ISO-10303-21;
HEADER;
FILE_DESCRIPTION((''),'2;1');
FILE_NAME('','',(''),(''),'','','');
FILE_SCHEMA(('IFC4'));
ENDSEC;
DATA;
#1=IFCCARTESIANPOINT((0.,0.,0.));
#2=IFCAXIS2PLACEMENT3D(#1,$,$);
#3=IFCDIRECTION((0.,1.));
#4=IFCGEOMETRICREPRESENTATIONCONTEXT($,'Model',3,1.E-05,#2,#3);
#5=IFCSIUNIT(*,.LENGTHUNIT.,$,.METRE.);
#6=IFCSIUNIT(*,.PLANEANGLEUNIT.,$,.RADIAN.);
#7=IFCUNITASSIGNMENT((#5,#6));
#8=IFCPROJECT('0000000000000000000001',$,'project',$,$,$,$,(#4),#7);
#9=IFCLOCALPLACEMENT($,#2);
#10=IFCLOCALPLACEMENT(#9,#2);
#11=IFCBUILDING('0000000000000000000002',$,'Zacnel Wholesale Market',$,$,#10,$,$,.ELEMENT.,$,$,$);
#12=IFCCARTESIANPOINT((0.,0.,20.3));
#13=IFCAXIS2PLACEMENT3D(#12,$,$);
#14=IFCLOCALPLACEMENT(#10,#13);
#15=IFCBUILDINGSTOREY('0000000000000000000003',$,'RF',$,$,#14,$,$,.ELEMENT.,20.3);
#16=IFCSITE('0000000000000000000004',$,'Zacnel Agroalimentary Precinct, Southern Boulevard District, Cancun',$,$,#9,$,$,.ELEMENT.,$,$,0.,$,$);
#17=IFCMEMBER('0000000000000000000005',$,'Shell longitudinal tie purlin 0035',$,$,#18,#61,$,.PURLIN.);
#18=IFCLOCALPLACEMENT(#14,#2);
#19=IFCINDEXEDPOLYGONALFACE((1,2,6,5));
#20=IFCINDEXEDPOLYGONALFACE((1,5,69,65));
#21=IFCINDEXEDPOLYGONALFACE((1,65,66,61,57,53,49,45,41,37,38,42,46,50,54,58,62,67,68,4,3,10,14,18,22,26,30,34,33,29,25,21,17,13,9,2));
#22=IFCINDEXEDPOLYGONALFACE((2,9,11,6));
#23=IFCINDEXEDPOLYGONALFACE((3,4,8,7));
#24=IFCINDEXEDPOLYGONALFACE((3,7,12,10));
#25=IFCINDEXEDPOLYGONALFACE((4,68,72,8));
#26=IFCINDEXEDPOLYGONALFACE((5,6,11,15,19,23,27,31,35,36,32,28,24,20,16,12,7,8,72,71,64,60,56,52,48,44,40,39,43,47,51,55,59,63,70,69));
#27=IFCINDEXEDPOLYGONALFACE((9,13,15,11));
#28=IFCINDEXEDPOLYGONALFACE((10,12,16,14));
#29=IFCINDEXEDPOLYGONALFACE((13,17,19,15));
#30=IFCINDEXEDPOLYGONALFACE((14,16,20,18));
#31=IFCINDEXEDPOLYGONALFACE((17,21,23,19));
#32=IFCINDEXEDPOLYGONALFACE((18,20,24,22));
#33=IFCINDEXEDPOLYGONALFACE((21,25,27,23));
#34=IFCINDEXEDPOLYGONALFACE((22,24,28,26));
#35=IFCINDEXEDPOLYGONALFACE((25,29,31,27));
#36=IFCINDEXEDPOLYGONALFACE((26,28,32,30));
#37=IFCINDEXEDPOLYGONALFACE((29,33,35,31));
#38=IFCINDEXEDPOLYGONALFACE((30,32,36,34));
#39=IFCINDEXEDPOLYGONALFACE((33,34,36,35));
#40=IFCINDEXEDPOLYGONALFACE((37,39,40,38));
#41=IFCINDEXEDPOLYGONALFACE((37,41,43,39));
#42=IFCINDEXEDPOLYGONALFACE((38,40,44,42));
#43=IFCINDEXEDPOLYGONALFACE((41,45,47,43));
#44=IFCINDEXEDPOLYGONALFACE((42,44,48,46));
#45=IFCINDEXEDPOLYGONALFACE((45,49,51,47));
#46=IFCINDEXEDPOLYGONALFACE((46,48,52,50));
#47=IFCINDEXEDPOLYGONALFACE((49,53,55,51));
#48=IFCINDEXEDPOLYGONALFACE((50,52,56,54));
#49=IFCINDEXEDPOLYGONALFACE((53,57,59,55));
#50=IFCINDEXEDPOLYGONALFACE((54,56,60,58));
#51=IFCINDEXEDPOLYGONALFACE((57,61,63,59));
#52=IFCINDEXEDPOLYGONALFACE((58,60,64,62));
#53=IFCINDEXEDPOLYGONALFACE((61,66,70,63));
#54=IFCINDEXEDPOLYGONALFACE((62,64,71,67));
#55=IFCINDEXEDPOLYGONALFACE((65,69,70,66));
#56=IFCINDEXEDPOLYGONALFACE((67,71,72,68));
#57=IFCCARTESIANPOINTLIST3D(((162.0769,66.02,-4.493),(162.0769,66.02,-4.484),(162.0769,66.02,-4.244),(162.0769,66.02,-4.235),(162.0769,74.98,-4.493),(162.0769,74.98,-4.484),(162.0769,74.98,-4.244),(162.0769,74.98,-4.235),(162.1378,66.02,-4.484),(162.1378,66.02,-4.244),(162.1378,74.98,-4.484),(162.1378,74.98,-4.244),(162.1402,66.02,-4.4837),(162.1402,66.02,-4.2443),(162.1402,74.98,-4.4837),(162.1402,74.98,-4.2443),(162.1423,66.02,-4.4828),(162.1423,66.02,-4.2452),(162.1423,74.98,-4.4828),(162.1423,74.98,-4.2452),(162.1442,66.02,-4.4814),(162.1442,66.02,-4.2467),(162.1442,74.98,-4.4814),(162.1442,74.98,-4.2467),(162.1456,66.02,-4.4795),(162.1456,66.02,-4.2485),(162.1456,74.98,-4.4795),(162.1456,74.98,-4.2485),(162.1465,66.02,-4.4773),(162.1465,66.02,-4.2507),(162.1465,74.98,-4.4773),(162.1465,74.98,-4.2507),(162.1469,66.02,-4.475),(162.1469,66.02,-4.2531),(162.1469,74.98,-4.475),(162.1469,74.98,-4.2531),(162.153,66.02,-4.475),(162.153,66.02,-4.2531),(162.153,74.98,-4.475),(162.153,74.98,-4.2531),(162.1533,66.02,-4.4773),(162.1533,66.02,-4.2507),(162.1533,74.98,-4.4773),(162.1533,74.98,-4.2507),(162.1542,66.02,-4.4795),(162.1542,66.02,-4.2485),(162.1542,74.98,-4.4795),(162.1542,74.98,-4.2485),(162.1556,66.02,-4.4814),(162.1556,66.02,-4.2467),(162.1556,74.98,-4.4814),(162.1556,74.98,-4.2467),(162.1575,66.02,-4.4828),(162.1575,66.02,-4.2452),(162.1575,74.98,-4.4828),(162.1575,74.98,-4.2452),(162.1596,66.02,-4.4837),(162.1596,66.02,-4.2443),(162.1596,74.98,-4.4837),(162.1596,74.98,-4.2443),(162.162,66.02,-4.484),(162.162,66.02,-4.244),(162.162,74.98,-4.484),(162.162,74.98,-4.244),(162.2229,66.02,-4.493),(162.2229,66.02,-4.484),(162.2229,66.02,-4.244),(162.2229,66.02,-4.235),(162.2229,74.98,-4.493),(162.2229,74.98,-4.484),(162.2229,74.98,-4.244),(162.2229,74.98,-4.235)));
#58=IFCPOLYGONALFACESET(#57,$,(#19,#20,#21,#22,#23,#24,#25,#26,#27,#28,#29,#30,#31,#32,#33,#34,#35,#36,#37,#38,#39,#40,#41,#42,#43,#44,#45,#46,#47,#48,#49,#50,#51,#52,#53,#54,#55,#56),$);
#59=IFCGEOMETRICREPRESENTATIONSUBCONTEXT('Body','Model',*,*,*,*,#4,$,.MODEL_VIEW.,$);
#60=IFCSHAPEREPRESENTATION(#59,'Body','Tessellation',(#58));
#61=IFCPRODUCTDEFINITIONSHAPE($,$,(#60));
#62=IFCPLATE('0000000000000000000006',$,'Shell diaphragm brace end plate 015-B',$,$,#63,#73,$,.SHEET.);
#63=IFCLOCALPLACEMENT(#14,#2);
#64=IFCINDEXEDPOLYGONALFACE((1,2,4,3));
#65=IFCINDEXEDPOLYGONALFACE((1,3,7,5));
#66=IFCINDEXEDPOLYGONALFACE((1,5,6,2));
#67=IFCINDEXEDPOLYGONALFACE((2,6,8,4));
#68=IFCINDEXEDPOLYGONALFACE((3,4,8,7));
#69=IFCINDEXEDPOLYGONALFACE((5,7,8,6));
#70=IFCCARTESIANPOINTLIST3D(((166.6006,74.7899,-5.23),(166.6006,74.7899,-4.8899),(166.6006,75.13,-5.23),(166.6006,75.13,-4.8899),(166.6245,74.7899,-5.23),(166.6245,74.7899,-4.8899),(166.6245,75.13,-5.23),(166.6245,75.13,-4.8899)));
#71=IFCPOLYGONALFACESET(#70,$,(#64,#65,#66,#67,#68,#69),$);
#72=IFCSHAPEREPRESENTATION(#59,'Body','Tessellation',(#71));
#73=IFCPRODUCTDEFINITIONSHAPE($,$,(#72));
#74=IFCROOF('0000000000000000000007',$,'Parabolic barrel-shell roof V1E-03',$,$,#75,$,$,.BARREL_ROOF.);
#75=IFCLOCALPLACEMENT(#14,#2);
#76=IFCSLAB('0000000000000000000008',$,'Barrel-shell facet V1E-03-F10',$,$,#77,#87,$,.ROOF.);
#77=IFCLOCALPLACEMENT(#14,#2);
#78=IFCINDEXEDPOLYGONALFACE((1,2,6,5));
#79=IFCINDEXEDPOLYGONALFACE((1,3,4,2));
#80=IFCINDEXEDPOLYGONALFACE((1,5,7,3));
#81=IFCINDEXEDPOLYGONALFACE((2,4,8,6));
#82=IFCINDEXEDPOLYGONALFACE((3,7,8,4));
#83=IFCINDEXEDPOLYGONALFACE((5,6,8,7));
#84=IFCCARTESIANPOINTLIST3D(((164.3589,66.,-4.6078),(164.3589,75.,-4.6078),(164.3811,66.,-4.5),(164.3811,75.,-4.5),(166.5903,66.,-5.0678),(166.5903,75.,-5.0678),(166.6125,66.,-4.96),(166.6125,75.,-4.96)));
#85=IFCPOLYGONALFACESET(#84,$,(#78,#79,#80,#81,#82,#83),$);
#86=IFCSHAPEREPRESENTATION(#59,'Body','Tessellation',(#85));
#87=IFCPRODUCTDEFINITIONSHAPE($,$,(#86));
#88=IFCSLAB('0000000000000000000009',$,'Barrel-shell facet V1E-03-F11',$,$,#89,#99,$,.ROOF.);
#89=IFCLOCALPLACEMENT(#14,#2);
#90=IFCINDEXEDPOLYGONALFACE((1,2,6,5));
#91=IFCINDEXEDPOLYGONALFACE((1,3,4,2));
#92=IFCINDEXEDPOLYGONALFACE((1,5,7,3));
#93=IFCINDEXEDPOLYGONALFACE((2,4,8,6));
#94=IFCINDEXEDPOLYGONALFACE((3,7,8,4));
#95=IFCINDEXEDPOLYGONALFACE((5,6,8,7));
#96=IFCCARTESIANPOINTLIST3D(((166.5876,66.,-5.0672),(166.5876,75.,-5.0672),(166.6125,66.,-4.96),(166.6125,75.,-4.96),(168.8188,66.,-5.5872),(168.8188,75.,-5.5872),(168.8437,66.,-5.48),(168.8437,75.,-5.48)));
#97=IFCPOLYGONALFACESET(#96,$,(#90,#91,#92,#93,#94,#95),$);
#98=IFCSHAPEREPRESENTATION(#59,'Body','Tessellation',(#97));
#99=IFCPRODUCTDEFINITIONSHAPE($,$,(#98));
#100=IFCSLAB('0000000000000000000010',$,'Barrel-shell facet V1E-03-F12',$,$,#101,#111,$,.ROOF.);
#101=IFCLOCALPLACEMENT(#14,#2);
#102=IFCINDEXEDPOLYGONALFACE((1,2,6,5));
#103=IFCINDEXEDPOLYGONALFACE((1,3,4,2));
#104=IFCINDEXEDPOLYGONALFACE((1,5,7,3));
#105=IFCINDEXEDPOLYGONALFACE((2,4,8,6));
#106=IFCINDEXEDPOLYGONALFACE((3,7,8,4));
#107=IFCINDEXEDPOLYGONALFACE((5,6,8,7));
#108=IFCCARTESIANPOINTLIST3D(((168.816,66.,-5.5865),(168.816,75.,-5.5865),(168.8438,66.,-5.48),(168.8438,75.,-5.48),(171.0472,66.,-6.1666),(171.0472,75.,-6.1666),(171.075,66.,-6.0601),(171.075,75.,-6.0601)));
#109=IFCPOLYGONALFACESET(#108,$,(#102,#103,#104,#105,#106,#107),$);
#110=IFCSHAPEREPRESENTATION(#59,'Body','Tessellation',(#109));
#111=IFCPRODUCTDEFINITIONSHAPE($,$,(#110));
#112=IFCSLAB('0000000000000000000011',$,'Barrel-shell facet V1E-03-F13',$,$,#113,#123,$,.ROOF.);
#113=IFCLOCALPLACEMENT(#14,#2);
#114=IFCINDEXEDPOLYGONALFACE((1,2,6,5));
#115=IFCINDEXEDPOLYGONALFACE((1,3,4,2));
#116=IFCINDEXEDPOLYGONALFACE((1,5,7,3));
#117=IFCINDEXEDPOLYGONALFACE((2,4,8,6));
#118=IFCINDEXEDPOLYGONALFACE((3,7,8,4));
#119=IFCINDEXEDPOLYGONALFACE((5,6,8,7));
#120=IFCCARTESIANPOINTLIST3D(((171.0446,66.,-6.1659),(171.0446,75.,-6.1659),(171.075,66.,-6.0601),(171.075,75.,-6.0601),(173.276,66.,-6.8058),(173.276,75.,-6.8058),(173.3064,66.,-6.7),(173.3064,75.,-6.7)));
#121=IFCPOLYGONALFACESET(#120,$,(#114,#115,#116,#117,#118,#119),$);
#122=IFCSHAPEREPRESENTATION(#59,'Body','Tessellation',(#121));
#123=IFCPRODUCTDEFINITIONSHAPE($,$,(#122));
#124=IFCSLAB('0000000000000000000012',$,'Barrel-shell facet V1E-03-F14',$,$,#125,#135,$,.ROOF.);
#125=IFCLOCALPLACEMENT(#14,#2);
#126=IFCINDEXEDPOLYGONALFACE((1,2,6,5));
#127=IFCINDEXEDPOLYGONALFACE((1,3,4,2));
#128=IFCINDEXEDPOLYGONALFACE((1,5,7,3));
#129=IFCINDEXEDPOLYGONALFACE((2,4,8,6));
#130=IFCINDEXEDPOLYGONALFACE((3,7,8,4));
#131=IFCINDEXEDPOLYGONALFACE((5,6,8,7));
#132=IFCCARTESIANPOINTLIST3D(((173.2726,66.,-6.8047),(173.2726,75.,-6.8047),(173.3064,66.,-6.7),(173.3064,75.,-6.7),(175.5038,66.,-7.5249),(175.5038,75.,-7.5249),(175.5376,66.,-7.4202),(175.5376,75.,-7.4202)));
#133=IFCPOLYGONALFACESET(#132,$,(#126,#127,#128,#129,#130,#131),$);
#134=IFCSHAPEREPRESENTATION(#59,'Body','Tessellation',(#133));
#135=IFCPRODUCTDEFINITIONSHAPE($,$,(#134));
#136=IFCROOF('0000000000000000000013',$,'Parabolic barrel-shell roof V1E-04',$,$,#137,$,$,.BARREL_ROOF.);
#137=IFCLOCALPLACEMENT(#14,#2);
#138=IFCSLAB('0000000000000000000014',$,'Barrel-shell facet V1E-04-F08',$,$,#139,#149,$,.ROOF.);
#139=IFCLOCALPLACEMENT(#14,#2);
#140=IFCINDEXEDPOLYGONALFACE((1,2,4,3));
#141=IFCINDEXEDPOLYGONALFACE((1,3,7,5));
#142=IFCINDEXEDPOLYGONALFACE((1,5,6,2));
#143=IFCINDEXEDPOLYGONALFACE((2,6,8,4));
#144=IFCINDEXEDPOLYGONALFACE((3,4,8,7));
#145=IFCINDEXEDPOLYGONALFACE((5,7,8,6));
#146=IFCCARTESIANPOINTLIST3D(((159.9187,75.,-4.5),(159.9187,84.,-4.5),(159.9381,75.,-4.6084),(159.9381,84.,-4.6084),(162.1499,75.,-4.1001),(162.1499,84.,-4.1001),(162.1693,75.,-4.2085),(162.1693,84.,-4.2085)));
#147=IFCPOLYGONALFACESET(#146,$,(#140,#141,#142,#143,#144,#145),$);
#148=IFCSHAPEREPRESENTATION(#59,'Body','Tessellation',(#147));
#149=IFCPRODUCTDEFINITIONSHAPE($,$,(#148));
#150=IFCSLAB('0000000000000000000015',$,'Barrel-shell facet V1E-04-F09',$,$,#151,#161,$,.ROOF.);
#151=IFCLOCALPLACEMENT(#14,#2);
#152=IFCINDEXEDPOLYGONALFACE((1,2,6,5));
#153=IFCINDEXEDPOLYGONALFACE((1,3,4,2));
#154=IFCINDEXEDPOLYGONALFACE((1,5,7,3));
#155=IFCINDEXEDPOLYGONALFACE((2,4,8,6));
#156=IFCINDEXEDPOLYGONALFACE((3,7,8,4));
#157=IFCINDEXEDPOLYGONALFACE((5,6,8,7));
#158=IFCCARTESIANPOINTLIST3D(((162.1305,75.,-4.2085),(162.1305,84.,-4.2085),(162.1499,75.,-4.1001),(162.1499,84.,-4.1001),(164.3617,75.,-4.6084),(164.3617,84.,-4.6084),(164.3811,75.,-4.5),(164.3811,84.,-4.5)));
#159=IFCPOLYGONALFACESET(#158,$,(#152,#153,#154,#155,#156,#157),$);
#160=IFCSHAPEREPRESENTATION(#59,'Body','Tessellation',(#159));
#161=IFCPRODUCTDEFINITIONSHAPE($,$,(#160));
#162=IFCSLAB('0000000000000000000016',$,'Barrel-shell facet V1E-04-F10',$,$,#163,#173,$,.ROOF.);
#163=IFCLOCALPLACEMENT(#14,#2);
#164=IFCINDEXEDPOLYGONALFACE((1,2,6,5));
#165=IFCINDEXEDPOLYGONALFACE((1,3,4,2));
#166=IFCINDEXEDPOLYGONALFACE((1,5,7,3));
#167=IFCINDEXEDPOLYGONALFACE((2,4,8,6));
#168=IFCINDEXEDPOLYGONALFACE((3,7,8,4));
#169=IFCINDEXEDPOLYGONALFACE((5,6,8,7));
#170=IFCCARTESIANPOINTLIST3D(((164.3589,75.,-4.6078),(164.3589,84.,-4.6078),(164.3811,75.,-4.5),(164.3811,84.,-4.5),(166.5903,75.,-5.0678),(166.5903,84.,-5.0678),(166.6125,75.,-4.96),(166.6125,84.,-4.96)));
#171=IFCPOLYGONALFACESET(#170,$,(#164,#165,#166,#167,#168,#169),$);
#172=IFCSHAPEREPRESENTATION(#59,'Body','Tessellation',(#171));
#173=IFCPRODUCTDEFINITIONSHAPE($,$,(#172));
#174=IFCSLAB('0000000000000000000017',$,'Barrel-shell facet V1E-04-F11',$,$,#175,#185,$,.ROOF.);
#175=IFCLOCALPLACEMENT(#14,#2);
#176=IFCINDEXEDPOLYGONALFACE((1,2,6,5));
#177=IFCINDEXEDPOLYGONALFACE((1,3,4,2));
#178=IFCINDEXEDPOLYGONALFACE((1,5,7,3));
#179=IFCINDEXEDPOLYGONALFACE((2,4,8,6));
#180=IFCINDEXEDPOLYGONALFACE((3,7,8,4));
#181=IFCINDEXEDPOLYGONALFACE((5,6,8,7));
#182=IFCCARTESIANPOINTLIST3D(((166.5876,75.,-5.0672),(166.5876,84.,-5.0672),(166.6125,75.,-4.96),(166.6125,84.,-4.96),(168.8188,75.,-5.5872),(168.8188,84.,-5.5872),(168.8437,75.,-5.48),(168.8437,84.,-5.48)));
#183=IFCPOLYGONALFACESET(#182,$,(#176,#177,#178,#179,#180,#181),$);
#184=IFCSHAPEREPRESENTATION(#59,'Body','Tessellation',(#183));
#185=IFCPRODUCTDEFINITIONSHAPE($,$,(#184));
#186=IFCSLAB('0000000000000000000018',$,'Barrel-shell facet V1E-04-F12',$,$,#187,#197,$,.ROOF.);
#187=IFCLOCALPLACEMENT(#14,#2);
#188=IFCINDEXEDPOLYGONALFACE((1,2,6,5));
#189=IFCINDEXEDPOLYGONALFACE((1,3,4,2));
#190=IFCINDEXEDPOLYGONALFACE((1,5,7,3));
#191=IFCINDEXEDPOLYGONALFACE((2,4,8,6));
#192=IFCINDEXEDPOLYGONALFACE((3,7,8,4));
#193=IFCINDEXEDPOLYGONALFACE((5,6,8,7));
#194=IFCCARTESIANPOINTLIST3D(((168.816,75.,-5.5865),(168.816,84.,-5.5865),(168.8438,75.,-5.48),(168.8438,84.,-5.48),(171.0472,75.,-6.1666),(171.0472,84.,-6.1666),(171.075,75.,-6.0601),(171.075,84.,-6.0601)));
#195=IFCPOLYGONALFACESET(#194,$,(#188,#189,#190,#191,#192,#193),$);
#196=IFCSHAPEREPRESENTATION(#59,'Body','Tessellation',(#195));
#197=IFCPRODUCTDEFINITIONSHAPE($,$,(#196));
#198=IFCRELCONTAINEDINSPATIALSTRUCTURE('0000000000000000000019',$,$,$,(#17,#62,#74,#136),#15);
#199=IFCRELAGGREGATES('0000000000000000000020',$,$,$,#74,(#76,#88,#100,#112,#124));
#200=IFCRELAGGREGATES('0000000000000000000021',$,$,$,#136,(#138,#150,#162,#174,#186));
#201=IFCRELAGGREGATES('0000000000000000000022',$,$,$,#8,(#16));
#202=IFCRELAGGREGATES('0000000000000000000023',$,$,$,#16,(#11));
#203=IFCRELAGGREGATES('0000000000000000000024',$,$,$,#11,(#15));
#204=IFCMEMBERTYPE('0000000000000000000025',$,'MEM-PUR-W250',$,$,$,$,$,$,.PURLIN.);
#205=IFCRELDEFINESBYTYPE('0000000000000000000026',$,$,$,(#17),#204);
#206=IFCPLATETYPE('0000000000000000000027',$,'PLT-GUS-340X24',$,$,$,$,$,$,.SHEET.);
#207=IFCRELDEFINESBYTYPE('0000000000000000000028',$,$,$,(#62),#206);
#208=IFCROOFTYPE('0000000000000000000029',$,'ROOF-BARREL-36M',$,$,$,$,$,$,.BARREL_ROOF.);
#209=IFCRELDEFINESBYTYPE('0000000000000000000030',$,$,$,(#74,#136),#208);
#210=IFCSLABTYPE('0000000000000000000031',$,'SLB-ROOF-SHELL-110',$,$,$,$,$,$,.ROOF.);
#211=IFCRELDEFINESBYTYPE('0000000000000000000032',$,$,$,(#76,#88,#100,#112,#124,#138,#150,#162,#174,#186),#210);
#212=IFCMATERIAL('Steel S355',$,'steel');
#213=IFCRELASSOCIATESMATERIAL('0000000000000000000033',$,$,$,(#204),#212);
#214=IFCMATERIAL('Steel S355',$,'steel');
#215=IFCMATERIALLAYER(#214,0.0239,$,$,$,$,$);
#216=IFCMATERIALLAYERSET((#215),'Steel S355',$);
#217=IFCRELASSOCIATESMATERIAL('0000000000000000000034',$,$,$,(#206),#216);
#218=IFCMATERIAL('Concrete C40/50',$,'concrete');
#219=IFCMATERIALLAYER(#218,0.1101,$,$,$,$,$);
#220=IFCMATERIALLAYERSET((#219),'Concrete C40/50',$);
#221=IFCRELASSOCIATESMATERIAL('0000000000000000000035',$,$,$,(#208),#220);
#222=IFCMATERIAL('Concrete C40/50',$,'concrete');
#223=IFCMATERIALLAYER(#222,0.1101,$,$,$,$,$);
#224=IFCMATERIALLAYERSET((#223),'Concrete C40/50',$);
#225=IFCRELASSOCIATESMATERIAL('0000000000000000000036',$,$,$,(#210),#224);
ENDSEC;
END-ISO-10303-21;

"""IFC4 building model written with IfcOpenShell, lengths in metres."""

from ifc_helpers import new_model, si_unit, direction, frame, origin, origin_2d, place, context, subcontext, project, spatial, polyline, rectangle, i_section, outline, extrude, material, layer, layer_set, material_profile, profile_set, type_object, element, aggregate, save


model = new_model("IFC4")

# Units and contexts
model_context = context("Model", 3, precision=1e-05, world=origin(), true_north=direction((0.0, 1.0)))
body_context = subcontext(model_context, "Body", "Model", "MODEL_VIEW")
ifc_project = project(units=[si_unit("LENGTHUNIT", "METRE"), si_unit("PLANEANGLEUNIT", "RADIAN")], contexts=[model_context])

# Site, building, storey
site_placement = place(None, origin())
site = spatial("IfcSite", under=ifc_project, at=site_placement, Name="Zacnel Agroalimentary Precinct, Southern Boulevard District, Cancun", CompositionType="ELEMENT", RefElevation=0.0)
building_placement = place(site_placement, origin())
building = spatial("IfcBuilding", under=site, at=building_placement, Name="Zacnel Wholesale Market", CompositionType="ELEMENT")
storey_placement = place(building_placement, frame((0.0, 0.0, 20.3)))
storey = spatial("IfcBuildingStorey", under=building, at=storey_placement, Name="RF", CompositionType="ELEMENT", Elevation=20.3)

# Member
ifc_material_1 = material(Name="Steel S355", Category="steel")
ifc_material_profile_1 = material_profile(ifc_material_1, i_section(OverallWidth=0.146, OverallDepth=0.2581, WebThickness=0.0061, FlangeThickness=0.009, FilletRadius=0.009, at=origin_2d()), Name="W250X32.7")
ifc_profile_set_1 = profile_set([ifc_material_profile_1], Name="Steel S355")
member_type_1 = type_object("IfcMemberType", Name="MEM-PUR-W250", PredefinedType="PURLIN", material=ifc_profile_set_1)
member_1_placement = place(storey_placement, frame((162.1499, 66.02, -4.364), z_axis=(0.0, 1.0, 0.0), x_axis=(-1.0, 0.0, 0.0)))
element("IfcMember", 1, at=member_1_placement, inside=storey, type_object=member_type_1, Name="Shell longitudinal tie purlin 0035", PredefinedType="PURLIN", context=body_context, shape_type="SweptSolid", body=[
    extrude(i_section(OverallWidth=0.146, OverallDepth=0.2581, WebThickness=0.0061, FlangeThickness=0.009, FilletRadius=0.009, at=origin_2d()), origin(), (0.0, 0.0, 1.0), 8.96),
])

# Plate
ifc_material_2 = material(Name="Steel S355", Category="steel")
ifc_layer_1 = layer(ifc_material_2, 0.0239)
ifc_layer_set_1 = layer_set([ifc_layer_1], Name="Steel S355")
plate_type = type_object("IfcPlateType", Name="PLT-GUS-340X24", PredefinedType="SHEET", material=ifc_layer_set_1)
plate_placement = place(storey_placement, frame((166.6125, 74.96, -5.23), z_axis=(0.0, 0.0, 1.0), x_axis=(0.0, 1.0, 0.0)))
element("IfcPlate", 2, at=plate_placement, inside=storey, type_object=plate_type, Name="Shell diaphragm brace end plate 015-B", PredefinedType="SHEET", context=body_context, shape_type="SweptSolid", body=[
    extrude(rectangle(XDim=0.3401, YDim=0.0239, at=origin_2d()), origin(), (0.0, 0.0, 1.0), 0.3401),
])

# Roofs, slabs
ifc_material_3 = material(Name="Concrete C40/50", Category="concrete")
ifc_layer_2 = layer(ifc_material_3, 0.1101)
ifc_layer_set_2 = layer_set([ifc_layer_2], Name="Concrete C40/50")
roof_type = type_object("IfcRoofType", Name="ROOF-BARREL-36M", PredefinedType="BARREL_ROOF", material=ifc_layer_set_2)
roof_1_placement = place(storey_placement, origin())
roof_1 = element("IfcRoof", 3, at=roof_1_placement, inside=storey, type_object=roof_type, Name="Parabolic barrel-shell roof V1E-03", PredefinedType="BARREL_ROOF")
ifc_material_4 = material(Name="Concrete C40/50", Category="concrete")
ifc_layer_3 = layer(ifc_material_4, 0.1101)
ifc_layer_set_3 = layer_set([ifc_layer_3], Name="Concrete C40/50")
slab_type = type_object("IfcSlabType", Name="SLB-ROOF-SHELL-110", PredefinedType="ROOF", material=ifc_layer_set_3)
slab_1_placement = place(storey_placement, frame((164.3811, 66.0, -4.5), z_axis=(0.201883, 0.0, 0.97941), x_axis=(0.0, 1.0, 0.0)))
slab_1 = element("IfcSlab", 4, at=slab_1_placement, type_object=slab_type, Name="Barrel-shell facet V1E-03-F10", PredefinedType="ROOF", context=body_context, shape_type="SweptSolid", body=[
    extrude(outline(polyline([(0.0, 0.0), (9.0, 0.0), (9.0, -2.2784), (0.0, -2.2784), (0.0, 0.0)])), origin(), (0.0, 0.0, -1.0), 0.1101),
])
slab_2_placement = place(storey_placement, frame((166.6125, 66.0, -4.96), z_axis=(0.226984, 0.0, 0.973899), x_axis=(0.0, 1.0, 0.0)))
slab_2 = element("IfcSlab", 5, at=slab_2_placement, type_object=slab_type, Name="Barrel-shell facet V1E-03-F11", PredefinedType="ROOF", context=body_context, shape_type="SweptSolid", body=[
    extrude(outline(polyline([(0.0, 0.0), (9.0, 0.0), (9.0, -2.291), (0.0, -2.291), (0.0, 0.0)])), origin(), (0.0, 0.0, -1.0), 0.1101),
])
slab_3_placement = place(storey_placement, frame((168.8438, 66.0, -5.48), z_axis=(0.25162, 0.0, 0.967826), x_axis=(0.0, 1.0, 0.0)))
slab_3 = element("IfcSlab", 6, at=slab_3_placement, type_object=slab_type, Name="Barrel-shell facet V1E-03-F12", PredefinedType="ROOF", context=body_context, shape_type="SweptSolid", body=[
    extrude(outline(polyline([(0.0, 0.0), (9.0, 0.0), (9.0, -2.3054), (0.0, -2.3054), (0.0, 0.0)])), origin(), (0.0, 0.0, -1.0), 0.1101),
])
slab_4_placement = place(storey_placement, frame((171.075, 66.0, -6.0601), z_axis=(0.275652, 0.0, 0.961258), x_axis=(0.0, 1.0, 0.0)))
slab_4 = element("IfcSlab", 7, at=slab_4_placement, type_object=slab_type, Name="Barrel-shell facet V1E-03-F13", PredefinedType="ROOF", context=body_context, shape_type="SweptSolid", body=[
    extrude(outline(polyline([(0.0, 0.0), (9.0, 0.0), (9.0, -2.3214), (0.0, -2.3214), (0.0, 0.0)])), origin(), (0.0, 0.0, -1.0), 0.1101),
])
slab_5_placement = place(storey_placement, frame((173.3064, 66.0, -6.7), z_axis=(0.307185, 0.0, 0.95165), x_axis=(0.0, 1.0, 0.0)))
slab_5 = element("IfcSlab", 8, at=slab_5_placement, type_object=slab_type, Name="Barrel-shell facet V1E-03-F14", PredefinedType="ROOF", context=body_context, shape_type="SweptSolid", body=[
    extrude(outline(polyline([(0.0, 0.0), (9.0, 0.0), (9.0, -2.3446), (0.0, -2.3446), (0.0, 0.0)])), origin(), (0.0, 0.0, -1.0), 0.1101),
])
aggregate(roof_1, [slab_1, slab_2, slab_3, slab_4, slab_5])
roof_2_placement = place(storey_placement, origin())
roof_2 = element("IfcRoof", 9, at=roof_2_placement, inside=storey, type_object=roof_type, Name="Parabolic barrel-shell roof V1E-04", PredefinedType="BARREL_ROOF")
slab_6_placement = place(storey_placement, frame((159.9187, 75.0, -4.5), z_axis=(-0.176421, 0.0, 0.984315), x_axis=(0.0, 1.0, 0.0)))
slab_6 = element("IfcSlab", 10, at=slab_6_placement, type_object=slab_type, Name="Barrel-shell facet V1E-04-F08", PredefinedType="ROOF", context=body_context, shape_type="SweptSolid", body=[
    extrude(outline(polyline([(0.0, 0.0), (9.0, 0.0), (9.0, -2.2668), (0.0, -2.2668), (0.0, 0.0)])), origin(), (0.0, 0.0, -1.0), 0.1101),
])
slab_7_placement = place(storey_placement, frame((162.1499, 75.0, -4.1001), z_axis=(0.176421, 0.0, 0.984315), x_axis=(0.0, 1.0, 0.0)))
slab_7 = element("IfcSlab", 11, at=slab_7_placement, type_object=slab_type, Name="Barrel-shell facet V1E-04-F09", PredefinedType="ROOF", context=body_context, shape_type="SweptSolid", body=[
    extrude(outline(polyline([(0.0, 0.0), (9.0, 0.0), (9.0, -2.2668), (0.0, -2.2668), (0.0, 0.0)])), origin(), (0.0, 0.0, -1.0), 0.1101),
])
slab_8_placement = place(storey_placement, frame((164.3811, 75.0, -4.5), z_axis=(0.201883, 0.0, 0.97941), x_axis=(0.0, 1.0, 0.0)))
slab_8 = element("IfcSlab", 12, at=slab_8_placement, type_object=slab_type, Name="Barrel-shell facet V1E-04-F10", PredefinedType="ROOF", context=body_context, shape_type="SweptSolid", body=[
    extrude(outline(polyline([(0.0, 0.0), (9.0, 0.0), (9.0, -2.2784), (0.0, -2.2784), (0.0, 0.0)])), origin(), (0.0, 0.0, -1.0), 0.1101),
])
slab_9_placement = place(storey_placement, frame((166.6125, 75.0, -4.96), z_axis=(0.226984, 0.0, 0.973899), x_axis=(0.0, 1.0, 0.0)))
slab_9 = element("IfcSlab", 13, at=slab_9_placement, type_object=slab_type, Name="Barrel-shell facet V1E-04-F11", PredefinedType="ROOF", context=body_context, shape_type="SweptSolid", body=[
    extrude(outline(polyline([(0.0, 0.0), (9.0, 0.0), (9.0, -2.291), (0.0, -2.291), (0.0, 0.0)])), origin(), (0.0, 0.0, -1.0), 0.1101),
])
slab_10_placement = place(storey_placement, frame((168.8438, 75.0, -5.48), z_axis=(0.25162, 0.0, 0.967826), x_axis=(0.0, 1.0, 0.0)))
slab_10 = element("IfcSlab", 14, at=slab_10_placement, type_object=slab_type, Name="Barrel-shell facet V1E-04-F12", PredefinedType="ROOF", context=body_context, shape_type="SweptSolid", body=[
    extrude(outline(polyline([(0.0, 0.0), (9.0, 0.0), (9.0, -2.3054), (0.0, -2.3054), (0.0, 0.0)])), origin(), (0.0, 0.0, -1.0), 0.1101),
])
aggregate(roof_2, [slab_6, slab_7, slab_8, slab_9, slab_10])

save(model, "model.ifc")
